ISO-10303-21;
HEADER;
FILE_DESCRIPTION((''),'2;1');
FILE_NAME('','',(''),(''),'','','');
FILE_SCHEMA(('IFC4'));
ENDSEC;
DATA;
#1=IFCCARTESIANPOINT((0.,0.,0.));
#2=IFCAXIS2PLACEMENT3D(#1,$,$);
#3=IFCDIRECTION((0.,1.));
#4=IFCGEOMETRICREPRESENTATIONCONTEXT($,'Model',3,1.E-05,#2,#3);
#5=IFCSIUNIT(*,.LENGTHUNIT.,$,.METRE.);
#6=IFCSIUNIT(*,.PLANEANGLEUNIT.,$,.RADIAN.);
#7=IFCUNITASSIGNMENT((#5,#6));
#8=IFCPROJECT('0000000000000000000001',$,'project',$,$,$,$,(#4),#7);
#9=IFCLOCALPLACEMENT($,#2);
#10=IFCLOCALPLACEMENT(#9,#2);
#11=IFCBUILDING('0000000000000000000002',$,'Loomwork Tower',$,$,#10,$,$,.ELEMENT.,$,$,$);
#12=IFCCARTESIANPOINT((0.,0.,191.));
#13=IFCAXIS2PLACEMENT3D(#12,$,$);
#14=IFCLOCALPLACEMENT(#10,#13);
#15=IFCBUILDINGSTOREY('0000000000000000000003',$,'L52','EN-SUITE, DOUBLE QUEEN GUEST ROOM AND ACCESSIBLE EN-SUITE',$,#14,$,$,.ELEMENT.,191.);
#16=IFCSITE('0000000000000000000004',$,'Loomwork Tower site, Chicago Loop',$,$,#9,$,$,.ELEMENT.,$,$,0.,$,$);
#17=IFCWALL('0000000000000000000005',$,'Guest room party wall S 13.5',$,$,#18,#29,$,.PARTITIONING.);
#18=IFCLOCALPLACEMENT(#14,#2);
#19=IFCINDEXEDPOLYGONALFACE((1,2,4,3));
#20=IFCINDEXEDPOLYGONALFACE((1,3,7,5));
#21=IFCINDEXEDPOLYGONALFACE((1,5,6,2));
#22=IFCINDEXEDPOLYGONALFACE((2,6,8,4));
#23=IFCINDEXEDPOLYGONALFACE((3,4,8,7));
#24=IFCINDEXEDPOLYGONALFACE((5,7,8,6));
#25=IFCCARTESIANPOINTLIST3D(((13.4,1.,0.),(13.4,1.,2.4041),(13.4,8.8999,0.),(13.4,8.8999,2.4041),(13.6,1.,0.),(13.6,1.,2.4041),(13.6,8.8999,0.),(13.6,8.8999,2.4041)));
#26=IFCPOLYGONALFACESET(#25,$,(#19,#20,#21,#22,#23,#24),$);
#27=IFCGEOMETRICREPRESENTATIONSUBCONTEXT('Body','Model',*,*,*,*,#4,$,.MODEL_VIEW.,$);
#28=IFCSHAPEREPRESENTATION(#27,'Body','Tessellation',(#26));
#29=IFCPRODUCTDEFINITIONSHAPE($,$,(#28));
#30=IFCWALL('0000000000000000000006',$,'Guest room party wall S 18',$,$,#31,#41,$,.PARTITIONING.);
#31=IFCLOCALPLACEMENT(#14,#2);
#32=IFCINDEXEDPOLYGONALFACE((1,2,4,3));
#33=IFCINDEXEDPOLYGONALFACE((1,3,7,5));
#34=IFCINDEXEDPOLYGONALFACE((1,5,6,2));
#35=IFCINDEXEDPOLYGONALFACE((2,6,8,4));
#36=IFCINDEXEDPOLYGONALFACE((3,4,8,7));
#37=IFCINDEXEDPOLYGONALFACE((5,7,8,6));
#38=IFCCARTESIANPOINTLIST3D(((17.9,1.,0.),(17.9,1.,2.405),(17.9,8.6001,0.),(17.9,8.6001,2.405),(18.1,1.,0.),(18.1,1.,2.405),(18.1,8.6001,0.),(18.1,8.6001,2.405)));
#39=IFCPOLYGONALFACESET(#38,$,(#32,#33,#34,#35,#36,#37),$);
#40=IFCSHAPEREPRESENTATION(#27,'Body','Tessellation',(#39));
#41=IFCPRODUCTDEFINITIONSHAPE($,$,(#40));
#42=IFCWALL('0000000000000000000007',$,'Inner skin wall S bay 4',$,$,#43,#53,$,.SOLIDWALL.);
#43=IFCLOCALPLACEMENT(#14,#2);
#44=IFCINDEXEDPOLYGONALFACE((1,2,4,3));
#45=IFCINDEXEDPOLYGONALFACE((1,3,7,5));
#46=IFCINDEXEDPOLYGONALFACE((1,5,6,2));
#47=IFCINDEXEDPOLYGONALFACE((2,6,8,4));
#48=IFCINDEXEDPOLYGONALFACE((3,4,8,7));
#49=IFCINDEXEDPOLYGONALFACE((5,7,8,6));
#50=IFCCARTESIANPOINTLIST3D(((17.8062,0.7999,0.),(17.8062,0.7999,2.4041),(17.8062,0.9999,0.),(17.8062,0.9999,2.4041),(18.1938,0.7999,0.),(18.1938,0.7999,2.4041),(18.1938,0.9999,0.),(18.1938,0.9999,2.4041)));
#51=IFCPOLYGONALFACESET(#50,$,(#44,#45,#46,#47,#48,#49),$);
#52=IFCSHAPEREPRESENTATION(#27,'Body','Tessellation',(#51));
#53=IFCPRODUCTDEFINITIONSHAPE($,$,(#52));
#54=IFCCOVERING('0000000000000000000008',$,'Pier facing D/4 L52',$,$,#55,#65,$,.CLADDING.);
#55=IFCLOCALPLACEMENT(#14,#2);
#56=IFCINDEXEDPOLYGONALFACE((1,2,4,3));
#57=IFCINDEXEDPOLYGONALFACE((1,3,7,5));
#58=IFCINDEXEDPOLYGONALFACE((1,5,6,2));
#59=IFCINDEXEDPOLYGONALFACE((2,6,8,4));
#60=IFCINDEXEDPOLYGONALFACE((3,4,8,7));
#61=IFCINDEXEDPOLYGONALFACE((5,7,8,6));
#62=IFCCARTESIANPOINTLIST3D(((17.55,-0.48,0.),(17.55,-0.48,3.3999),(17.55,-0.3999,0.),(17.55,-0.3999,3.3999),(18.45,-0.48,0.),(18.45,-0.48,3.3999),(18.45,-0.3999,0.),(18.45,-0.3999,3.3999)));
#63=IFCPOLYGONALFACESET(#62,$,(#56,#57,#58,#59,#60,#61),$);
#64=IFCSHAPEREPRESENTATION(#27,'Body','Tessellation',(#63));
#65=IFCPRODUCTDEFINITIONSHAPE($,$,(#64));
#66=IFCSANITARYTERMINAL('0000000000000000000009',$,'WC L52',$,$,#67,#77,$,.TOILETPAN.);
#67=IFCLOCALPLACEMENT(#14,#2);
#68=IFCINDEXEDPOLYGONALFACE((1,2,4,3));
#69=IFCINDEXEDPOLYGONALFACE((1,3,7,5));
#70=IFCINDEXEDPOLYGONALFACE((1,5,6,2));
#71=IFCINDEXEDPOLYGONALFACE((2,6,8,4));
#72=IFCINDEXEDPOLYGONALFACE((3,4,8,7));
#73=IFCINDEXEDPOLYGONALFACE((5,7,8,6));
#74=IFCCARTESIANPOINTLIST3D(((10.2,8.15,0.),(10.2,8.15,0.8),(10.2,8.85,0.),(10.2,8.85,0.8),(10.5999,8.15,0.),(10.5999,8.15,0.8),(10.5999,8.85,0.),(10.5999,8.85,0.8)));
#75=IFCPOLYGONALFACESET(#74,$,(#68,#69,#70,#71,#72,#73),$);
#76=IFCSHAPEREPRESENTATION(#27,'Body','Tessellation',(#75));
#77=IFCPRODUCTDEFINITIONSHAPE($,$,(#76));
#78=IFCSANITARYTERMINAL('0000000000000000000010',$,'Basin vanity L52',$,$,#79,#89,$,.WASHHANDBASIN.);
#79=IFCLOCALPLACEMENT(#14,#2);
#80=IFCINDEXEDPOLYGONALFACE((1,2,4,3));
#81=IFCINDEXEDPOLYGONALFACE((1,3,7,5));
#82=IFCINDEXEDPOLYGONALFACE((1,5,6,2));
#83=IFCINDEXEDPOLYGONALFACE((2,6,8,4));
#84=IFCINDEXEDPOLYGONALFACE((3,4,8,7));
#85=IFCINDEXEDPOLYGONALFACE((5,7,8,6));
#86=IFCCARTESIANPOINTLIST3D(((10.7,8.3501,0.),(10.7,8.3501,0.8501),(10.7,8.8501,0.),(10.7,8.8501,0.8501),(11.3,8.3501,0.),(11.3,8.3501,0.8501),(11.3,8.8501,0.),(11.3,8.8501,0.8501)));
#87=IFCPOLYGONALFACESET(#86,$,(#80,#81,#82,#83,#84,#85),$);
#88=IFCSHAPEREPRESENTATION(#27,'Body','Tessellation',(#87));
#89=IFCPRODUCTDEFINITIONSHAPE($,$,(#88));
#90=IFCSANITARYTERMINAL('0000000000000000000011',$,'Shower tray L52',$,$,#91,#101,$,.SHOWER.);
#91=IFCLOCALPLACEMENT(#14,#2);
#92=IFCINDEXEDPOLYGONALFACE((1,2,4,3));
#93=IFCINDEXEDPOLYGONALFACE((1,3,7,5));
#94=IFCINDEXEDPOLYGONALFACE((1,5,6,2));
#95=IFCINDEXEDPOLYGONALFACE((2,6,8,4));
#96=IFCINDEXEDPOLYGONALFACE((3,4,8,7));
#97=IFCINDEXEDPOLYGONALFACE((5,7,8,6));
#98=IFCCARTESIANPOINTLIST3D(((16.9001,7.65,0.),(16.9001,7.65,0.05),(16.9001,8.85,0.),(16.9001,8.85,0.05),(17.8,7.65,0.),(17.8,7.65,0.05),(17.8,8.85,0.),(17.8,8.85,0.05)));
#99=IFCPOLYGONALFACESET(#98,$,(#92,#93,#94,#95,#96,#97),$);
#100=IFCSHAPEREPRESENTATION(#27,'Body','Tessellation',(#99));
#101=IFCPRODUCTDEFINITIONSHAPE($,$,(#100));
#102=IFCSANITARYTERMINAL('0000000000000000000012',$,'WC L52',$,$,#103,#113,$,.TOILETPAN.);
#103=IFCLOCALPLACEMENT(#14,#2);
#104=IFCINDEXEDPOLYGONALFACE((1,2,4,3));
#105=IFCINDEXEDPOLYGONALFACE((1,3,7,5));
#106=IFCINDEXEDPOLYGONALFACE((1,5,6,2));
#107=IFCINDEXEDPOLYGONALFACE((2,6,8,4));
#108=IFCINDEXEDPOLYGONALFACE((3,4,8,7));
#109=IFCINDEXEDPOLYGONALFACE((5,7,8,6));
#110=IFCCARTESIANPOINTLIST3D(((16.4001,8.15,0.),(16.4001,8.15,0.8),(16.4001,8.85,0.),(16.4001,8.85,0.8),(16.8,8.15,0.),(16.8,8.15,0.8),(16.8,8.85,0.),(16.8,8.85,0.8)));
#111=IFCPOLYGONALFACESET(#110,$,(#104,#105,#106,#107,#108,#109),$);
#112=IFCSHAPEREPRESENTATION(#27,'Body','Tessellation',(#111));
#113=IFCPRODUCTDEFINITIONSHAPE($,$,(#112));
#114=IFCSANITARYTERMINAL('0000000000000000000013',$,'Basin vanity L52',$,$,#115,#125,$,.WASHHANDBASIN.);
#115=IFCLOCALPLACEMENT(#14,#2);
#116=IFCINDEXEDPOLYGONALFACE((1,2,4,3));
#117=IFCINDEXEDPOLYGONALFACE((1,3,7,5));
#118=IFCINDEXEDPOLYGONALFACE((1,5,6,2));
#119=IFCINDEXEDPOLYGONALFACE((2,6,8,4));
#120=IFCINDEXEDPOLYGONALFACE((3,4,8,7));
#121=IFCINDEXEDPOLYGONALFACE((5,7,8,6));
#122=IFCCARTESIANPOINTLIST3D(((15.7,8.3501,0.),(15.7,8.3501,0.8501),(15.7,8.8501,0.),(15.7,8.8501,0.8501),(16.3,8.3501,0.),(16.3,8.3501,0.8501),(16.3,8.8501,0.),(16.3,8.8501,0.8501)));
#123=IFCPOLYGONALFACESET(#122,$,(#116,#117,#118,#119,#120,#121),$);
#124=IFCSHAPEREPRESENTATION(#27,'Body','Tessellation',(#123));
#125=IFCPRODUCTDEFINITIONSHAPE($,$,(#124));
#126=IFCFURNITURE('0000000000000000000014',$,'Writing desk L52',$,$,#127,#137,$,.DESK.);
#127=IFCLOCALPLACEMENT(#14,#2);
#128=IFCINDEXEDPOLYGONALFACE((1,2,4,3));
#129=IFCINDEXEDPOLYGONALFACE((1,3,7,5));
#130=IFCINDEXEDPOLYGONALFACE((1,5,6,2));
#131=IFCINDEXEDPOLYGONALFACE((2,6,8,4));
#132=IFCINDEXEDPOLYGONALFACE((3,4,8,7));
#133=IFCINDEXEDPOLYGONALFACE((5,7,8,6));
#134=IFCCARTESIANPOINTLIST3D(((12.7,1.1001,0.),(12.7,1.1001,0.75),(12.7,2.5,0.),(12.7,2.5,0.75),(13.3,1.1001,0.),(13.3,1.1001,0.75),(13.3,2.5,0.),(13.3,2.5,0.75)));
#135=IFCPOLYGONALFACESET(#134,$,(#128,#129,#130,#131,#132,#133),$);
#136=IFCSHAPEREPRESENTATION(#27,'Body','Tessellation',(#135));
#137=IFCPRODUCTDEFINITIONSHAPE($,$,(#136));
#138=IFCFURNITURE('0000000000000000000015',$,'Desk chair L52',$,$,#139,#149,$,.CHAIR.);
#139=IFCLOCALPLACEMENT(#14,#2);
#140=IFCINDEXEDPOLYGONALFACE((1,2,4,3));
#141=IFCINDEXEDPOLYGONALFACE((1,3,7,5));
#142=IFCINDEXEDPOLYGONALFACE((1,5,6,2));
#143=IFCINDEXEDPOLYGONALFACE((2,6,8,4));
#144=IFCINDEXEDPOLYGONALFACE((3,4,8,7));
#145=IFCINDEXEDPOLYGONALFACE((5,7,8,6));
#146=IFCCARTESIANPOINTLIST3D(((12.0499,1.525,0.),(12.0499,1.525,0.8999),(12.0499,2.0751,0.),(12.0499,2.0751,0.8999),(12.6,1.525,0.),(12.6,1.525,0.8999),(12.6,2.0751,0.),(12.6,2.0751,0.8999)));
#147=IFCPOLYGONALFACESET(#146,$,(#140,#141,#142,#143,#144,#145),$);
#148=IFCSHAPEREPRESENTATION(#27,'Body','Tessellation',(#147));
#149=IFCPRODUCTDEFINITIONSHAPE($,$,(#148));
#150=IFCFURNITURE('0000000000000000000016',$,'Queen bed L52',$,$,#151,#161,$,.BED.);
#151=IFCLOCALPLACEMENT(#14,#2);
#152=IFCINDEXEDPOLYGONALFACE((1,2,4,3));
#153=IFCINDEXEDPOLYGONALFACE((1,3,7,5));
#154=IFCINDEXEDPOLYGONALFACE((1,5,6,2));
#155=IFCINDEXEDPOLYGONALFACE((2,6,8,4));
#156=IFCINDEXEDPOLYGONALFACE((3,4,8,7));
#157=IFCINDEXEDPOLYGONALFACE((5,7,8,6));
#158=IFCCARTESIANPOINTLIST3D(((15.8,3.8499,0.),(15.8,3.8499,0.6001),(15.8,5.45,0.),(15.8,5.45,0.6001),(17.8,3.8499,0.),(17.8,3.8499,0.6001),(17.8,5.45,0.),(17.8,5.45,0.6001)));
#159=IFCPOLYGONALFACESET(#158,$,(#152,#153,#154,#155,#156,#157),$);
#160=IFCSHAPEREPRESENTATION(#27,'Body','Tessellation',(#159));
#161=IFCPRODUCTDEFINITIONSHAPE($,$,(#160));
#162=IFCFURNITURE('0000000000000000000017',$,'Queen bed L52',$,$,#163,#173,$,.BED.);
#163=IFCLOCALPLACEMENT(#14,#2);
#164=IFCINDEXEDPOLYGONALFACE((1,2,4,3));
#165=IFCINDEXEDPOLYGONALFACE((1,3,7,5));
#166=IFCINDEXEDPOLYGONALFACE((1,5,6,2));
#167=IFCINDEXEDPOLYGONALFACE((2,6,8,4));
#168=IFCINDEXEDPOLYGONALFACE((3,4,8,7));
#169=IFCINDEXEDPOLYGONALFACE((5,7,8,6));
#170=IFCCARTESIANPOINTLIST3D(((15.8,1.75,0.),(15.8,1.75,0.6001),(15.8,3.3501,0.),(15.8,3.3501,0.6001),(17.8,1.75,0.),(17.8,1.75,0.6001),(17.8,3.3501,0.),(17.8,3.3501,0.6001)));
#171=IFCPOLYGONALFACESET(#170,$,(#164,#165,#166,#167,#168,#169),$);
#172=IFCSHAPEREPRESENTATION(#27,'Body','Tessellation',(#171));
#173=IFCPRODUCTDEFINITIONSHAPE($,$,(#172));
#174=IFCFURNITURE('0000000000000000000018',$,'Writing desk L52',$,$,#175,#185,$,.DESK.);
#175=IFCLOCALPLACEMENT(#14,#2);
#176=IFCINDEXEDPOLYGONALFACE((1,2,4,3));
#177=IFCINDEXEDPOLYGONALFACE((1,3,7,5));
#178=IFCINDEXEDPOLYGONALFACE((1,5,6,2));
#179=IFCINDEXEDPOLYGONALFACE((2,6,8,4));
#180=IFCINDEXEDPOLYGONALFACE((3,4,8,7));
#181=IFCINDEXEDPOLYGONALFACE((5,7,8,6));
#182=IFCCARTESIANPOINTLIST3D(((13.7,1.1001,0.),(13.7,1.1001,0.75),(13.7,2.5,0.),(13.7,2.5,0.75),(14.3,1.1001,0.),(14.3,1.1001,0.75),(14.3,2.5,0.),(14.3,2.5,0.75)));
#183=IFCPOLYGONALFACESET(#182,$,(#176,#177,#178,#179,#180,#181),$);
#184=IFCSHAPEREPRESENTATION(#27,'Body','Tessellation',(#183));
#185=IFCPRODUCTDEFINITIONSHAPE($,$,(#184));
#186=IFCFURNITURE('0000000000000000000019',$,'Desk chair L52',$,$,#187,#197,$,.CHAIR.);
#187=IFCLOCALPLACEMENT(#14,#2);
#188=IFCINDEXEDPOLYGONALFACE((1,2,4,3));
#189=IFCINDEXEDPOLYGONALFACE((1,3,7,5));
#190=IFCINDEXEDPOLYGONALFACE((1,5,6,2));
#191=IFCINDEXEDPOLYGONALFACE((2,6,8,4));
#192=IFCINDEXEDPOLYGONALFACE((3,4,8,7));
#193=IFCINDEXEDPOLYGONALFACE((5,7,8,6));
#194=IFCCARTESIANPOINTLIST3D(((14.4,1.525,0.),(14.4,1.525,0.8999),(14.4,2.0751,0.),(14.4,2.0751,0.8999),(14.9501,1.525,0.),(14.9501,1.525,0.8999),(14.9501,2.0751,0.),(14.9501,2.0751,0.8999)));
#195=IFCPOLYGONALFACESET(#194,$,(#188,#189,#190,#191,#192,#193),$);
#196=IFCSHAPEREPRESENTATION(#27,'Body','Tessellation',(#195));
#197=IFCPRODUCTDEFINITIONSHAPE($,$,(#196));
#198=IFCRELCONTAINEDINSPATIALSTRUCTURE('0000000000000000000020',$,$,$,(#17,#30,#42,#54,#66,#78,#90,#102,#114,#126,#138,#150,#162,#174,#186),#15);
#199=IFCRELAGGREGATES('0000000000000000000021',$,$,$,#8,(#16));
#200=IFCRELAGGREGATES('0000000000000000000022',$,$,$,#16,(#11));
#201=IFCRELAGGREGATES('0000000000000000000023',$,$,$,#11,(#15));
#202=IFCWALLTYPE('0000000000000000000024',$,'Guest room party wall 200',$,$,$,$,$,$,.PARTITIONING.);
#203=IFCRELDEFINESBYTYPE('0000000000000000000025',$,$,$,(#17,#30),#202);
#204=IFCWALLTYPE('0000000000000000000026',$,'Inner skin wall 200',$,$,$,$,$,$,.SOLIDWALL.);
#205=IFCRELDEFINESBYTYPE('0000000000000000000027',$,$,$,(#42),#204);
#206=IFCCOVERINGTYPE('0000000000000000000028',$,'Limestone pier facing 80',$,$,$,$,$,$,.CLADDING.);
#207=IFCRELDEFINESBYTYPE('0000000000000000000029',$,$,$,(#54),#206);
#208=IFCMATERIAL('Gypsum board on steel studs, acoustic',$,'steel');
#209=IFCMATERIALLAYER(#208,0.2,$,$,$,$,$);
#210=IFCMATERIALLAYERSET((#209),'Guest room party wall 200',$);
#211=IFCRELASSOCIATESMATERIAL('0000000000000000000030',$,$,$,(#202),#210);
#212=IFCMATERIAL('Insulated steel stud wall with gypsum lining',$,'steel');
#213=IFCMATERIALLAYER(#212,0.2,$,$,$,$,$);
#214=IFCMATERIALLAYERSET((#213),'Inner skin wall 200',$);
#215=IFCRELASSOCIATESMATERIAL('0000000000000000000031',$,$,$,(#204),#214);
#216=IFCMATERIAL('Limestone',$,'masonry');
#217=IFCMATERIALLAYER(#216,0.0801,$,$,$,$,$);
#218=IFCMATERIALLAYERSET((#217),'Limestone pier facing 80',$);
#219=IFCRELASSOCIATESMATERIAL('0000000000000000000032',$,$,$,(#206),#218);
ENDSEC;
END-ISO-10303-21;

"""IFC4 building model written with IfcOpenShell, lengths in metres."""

from ifc_helpers import new_model, si_unit, direction, frame, frame_2d, origin, origin_2d, place, context, subcontext, project, spatial, rectangle, extrude, material, layer, layer_set, type_object, element, save


model = new_model("IFC4")

# Units and contexts
model_context = context("Model", 3, precision=1e-05, world=origin(), true_north=direction((0.0, 1.0)))
body_context = subcontext(model_context, "Body", "Model", "MODEL_VIEW")
ifc_project = project(units=[si_unit("LENGTHUNIT", "METRE"), si_unit("PLANEANGLEUNIT", "RADIAN")], contexts=[model_context])

# Site, building, storey
site_placement = place(None, origin())
site = spatial("IfcSite", under=ifc_project, at=site_placement, Name="Loomwork Tower site, Chicago Loop", CompositionType="ELEMENT", RefElevation=0.0)
building_placement = place(site_placement, origin())
building = spatial("IfcBuilding", under=site, at=building_placement, Name="Loomwork Tower", CompositionType="ELEMENT")
storey_placement = place(building_placement, frame((0.0, 0.0, 191.0)))
storey = spatial("IfcBuildingStorey", under=building, at=storey_placement, Name="L52", Description="EN-SUITE, DOUBLE QUEEN GUEST ROOM AND ACCESSIBLE EN-SUITE", CompositionType="ELEMENT", Elevation=191.0)

# Walls
ifc_material_1 = material(Name="Gypsum board on steel studs, acoustic", Category="steel")
ifc_layer_1 = layer(ifc_material_1, 0.2)
ifc_layer_set_1 = layer_set([ifc_layer_1], Name="Guest room party wall 200")
wall_type_1 = type_object("IfcWallType", Name="Guest room party wall 200", PredefinedType="PARTITIONING", material=ifc_layer_set_1)
wall_1_placement = place(storey_placement, frame((13.5, 8.8999, 0.0), z_axis=(0.0, 0.0, 1.0), x_axis=(0.0, -1.0, 0.0)))
element("IfcWall", 1, at=wall_1_placement, inside=storey, type_object=wall_type_1, Name="Guest room party wall S 13.5", PredefinedType="PARTITIONING", context=body_context, shape_type="SweptSolid", body=[
    extrude(rectangle(XDim=7.8999, YDim=0.2, at=frame_2d((3.95, 0.0))), origin(), (0.0, 0.0, 1.0), 2.4041),
])
wall_2_placement = place(storey_placement, frame((18.0, 8.6001, 0.0), z_axis=(0.0, 0.0, 1.0), x_axis=(0.0, -1.0, 0.0)))
element("IfcWall", 2, at=wall_2_placement, inside=storey, type_object=wall_type_1, Name="Guest room party wall S 18", PredefinedType="PARTITIONING", context=body_context, shape_type="SweptSolid", body=[
    extrude(rectangle(XDim=7.6001, YDim=0.2, at=frame_2d((3.8, 0.0))), origin(), (0.0, 0.0, 1.0), 2.405),
])
ifc_material_2 = material(Name="Insulated steel stud wall with gypsum lining", Category="steel")
ifc_layer_2 = layer(ifc_material_2, 0.2)
ifc_layer_set_2 = layer_set([ifc_layer_2], Name="Inner skin wall 200")
wall_type_2 = type_object("IfcWallType", Name="Inner skin wall 200", PredefinedType="SOLIDWALL", material=ifc_layer_set_2)
wall_3_placement = place(storey_placement, frame((17.8062, 0.8999, 0.0), z_axis=(0.0, 0.0, 1.0), x_axis=(1.0, 0.0, 0.0)))
element("IfcWall", 3, at=wall_3_placement, inside=storey, type_object=wall_type_2, Name="Inner skin wall S bay 4", PredefinedType="SOLIDWALL", context=body_context, shape_type="SweptSolid", body=[
    extrude(rectangle(XDim=0.3877, YDim=0.2, at=frame_2d((0.1938, 0.0))), origin(), (0.0, 0.0, 1.0), 2.4041),
])

# Covering
ifc_material_3 = material(Name="Limestone", Category="masonry")
ifc_layer_3 = layer(ifc_material_3, 0.0801)
ifc_layer_set_3 = layer_set([ifc_layer_3], Name="Limestone pier facing 80")
covering_type = type_object("IfcCoveringType", Name="Limestone pier facing 80", PredefinedType="CLADDING", material=ifc_layer_set_3)
covering_placement = place(storey_placement, frame((18.0, -0.4399, 0.0), z_axis=(0.0, 0.0, 1.0), x_axis=(1.0, 0.0, 0.0)))
element("IfcCovering", 4, at=covering_placement, inside=storey, type_object=covering_type, Name="Pier facing D/4 L52", PredefinedType="CLADDING", context=body_context, shape_type="SweptSolid", body=[
    extrude(rectangle(XDim=0.8999, YDim=0.0801, at=origin_2d()), origin(), (0.0, 0.0, 1.0), 3.3999),
])

# Sanitary terminals
sanitary_terminal_1_placement = place(storey_placement, frame((10.3999, 8.5, 0.0), z_axis=(0.0, 0.0, 1.0), x_axis=(1.0, 0.0, 0.0)))
element("IfcSanitaryTerminal", 5, at=sanitary_terminal_1_placement, inside=storey, Name="WC L52", PredefinedType="TOILETPAN", context=body_context, shape_type="SweptSolid", body=[
    extrude(rectangle(XDim=0.3999, YDim=0.7, at=origin_2d()), origin(), (0.0, 0.0, 1.0), 0.8),
])
sanitary_terminal_2_placement = place(storey_placement, frame((11.0, 8.6001, 0.0), z_axis=(0.0, 0.0, 1.0), x_axis=(1.0, 0.0, 0.0)))
element("IfcSanitaryTerminal", 6, at=sanitary_terminal_2_placement, inside=storey, Name="Basin vanity L52", PredefinedType="WASHHANDBASIN", context=body_context, shape_type="SweptSolid", body=[
    extrude(rectangle(XDim=0.6001, YDim=0.5, at=origin_2d()), origin(), (0.0, 0.0, 1.0), 0.8501),
])
sanitary_terminal_3_placement = place(storey_placement, frame((17.3501, 8.25, 0.0), z_axis=(0.0, 0.0, 1.0), x_axis=(1.0, 0.0, 0.0)))
element("IfcSanitaryTerminal", 7, at=sanitary_terminal_3_placement, inside=storey, Name="Shower tray L52", PredefinedType="SHOWER", context=body_context, shape_type="SweptSolid", body=[
    extrude(rectangle(XDim=0.8999, YDim=1.2, at=origin_2d()), origin(), (0.0, 0.0, 1.0), 0.05),
])
sanitary_terminal_4_placement = place(storey_placement, frame((16.6001, 8.5, 0.0), z_axis=(0.0, 0.0, 1.0), x_axis=(1.0, 0.0, 0.0)))
element("IfcSanitaryTerminal", 8, at=sanitary_terminal_4_placement, inside=storey, Name="WC L52", PredefinedType="TOILETPAN", context=body_context, shape_type="SweptSolid", body=[
    extrude(rectangle(XDim=0.3999, YDim=0.7, at=origin_2d()), origin(), (0.0, 0.0, 1.0), 0.8),
])
sanitary_terminal_5_placement = place(storey_placement, frame((16.0, 8.6001, 0.0), z_axis=(0.0, 0.0, 1.0), x_axis=(1.0, 0.0, 0.0)))
element("IfcSanitaryTerminal", 9, at=sanitary_terminal_5_placement, inside=storey, Name="Basin vanity L52", PredefinedType="WASHHANDBASIN", context=body_context, shape_type="SweptSolid", body=[
    extrude(rectangle(XDim=0.6001, YDim=0.5, at=origin_2d()), origin(), (0.0, 0.0, 1.0), 0.8501),
])

# Furniture
furniture_1_placement = place(storey_placement, frame((13.0, 1.8, 0.0), z_axis=(0.0, 0.0, 1.0), x_axis=(1.0, 0.0, 0.0)))
element("IfcFurniture", 10, at=furniture_1_placement, inside=storey, Name="Writing desk L52", PredefinedType="DESK", context=body_context, shape_type="SweptSolid", body=[
    extrude(rectangle(XDim=0.6001, YDim=1.3999, at=origin_2d()), origin(), (0.0, 0.0, 1.0), 0.75),
])
furniture_2_placement = place(storey_placement, frame((12.325, 1.8, 0.0), z_axis=(0.0, 0.0, 1.0), x_axis=(1.0, 0.0, 0.0)))
element("IfcFurniture", 11, at=furniture_2_placement, inside=storey, Name="Desk chair L52", PredefinedType="CHAIR", context=body_context, shape_type="SweptSolid", body=[
    extrude(rectangle(XDim=0.55, YDim=0.55, at=origin_2d()), origin(), (0.0, 0.0, 1.0), 0.8999),
])
for number, where, z_axis, x_axis, name in (
    (12, (16.8, 4.6499, 0.0), (0.0, 0.0, 1.0), (1.0, 0.0, 0.0), "Queen bed L52"),
    (13, (16.8, 2.55, 0.0), (0.0, 0.0, 1.0), (1.0, 0.0, 0.0), "Queen bed L52"),
):
    element("IfcFurniture", number, at=place(storey_placement, frame(where, z_axis=z_axis, x_axis=x_axis)), inside=storey, Name=name, PredefinedType="BED", context=body_context, shape_type="SweptSolid", body=[
        extrude(rectangle(XDim=2.0, YDim=1.6001, at=origin_2d()), origin(), (0.0, 0.0, 1.0), 0.6001),
    ])
furniture_3_placement = place(storey_placement, frame((14.0, 1.8, 0.0), z_axis=(0.0, 0.0, 1.0), x_axis=(1.0, 0.0, 0.0)))
element("IfcFurniture", 14, at=furniture_3_placement, inside=storey, Name="Writing desk L52", PredefinedType="DESK", context=body_context, shape_type="SweptSolid", body=[
    extrude(rectangle(XDim=0.6001, YDim=1.3999, at=origin_2d()), origin(), (0.0, 0.0, 1.0), 0.75),
])
furniture_4_placement = place(storey_placement, frame((14.675, 1.8, 0.0), z_axis=(0.0, 0.0, 1.0), x_axis=(1.0, 0.0, 0.0)))
element("IfcFurniture", 15, at=furniture_4_placement, inside=storey, Name="Desk chair L52", PredefinedType="CHAIR", context=body_context, shape_type="SweptSolid", body=[
    extrude(rectangle(XDim=0.55, YDim=0.55, at=origin_2d()), origin(), (0.0, 0.0, 1.0), 0.8999),
])

save(model, "model.ifc")
